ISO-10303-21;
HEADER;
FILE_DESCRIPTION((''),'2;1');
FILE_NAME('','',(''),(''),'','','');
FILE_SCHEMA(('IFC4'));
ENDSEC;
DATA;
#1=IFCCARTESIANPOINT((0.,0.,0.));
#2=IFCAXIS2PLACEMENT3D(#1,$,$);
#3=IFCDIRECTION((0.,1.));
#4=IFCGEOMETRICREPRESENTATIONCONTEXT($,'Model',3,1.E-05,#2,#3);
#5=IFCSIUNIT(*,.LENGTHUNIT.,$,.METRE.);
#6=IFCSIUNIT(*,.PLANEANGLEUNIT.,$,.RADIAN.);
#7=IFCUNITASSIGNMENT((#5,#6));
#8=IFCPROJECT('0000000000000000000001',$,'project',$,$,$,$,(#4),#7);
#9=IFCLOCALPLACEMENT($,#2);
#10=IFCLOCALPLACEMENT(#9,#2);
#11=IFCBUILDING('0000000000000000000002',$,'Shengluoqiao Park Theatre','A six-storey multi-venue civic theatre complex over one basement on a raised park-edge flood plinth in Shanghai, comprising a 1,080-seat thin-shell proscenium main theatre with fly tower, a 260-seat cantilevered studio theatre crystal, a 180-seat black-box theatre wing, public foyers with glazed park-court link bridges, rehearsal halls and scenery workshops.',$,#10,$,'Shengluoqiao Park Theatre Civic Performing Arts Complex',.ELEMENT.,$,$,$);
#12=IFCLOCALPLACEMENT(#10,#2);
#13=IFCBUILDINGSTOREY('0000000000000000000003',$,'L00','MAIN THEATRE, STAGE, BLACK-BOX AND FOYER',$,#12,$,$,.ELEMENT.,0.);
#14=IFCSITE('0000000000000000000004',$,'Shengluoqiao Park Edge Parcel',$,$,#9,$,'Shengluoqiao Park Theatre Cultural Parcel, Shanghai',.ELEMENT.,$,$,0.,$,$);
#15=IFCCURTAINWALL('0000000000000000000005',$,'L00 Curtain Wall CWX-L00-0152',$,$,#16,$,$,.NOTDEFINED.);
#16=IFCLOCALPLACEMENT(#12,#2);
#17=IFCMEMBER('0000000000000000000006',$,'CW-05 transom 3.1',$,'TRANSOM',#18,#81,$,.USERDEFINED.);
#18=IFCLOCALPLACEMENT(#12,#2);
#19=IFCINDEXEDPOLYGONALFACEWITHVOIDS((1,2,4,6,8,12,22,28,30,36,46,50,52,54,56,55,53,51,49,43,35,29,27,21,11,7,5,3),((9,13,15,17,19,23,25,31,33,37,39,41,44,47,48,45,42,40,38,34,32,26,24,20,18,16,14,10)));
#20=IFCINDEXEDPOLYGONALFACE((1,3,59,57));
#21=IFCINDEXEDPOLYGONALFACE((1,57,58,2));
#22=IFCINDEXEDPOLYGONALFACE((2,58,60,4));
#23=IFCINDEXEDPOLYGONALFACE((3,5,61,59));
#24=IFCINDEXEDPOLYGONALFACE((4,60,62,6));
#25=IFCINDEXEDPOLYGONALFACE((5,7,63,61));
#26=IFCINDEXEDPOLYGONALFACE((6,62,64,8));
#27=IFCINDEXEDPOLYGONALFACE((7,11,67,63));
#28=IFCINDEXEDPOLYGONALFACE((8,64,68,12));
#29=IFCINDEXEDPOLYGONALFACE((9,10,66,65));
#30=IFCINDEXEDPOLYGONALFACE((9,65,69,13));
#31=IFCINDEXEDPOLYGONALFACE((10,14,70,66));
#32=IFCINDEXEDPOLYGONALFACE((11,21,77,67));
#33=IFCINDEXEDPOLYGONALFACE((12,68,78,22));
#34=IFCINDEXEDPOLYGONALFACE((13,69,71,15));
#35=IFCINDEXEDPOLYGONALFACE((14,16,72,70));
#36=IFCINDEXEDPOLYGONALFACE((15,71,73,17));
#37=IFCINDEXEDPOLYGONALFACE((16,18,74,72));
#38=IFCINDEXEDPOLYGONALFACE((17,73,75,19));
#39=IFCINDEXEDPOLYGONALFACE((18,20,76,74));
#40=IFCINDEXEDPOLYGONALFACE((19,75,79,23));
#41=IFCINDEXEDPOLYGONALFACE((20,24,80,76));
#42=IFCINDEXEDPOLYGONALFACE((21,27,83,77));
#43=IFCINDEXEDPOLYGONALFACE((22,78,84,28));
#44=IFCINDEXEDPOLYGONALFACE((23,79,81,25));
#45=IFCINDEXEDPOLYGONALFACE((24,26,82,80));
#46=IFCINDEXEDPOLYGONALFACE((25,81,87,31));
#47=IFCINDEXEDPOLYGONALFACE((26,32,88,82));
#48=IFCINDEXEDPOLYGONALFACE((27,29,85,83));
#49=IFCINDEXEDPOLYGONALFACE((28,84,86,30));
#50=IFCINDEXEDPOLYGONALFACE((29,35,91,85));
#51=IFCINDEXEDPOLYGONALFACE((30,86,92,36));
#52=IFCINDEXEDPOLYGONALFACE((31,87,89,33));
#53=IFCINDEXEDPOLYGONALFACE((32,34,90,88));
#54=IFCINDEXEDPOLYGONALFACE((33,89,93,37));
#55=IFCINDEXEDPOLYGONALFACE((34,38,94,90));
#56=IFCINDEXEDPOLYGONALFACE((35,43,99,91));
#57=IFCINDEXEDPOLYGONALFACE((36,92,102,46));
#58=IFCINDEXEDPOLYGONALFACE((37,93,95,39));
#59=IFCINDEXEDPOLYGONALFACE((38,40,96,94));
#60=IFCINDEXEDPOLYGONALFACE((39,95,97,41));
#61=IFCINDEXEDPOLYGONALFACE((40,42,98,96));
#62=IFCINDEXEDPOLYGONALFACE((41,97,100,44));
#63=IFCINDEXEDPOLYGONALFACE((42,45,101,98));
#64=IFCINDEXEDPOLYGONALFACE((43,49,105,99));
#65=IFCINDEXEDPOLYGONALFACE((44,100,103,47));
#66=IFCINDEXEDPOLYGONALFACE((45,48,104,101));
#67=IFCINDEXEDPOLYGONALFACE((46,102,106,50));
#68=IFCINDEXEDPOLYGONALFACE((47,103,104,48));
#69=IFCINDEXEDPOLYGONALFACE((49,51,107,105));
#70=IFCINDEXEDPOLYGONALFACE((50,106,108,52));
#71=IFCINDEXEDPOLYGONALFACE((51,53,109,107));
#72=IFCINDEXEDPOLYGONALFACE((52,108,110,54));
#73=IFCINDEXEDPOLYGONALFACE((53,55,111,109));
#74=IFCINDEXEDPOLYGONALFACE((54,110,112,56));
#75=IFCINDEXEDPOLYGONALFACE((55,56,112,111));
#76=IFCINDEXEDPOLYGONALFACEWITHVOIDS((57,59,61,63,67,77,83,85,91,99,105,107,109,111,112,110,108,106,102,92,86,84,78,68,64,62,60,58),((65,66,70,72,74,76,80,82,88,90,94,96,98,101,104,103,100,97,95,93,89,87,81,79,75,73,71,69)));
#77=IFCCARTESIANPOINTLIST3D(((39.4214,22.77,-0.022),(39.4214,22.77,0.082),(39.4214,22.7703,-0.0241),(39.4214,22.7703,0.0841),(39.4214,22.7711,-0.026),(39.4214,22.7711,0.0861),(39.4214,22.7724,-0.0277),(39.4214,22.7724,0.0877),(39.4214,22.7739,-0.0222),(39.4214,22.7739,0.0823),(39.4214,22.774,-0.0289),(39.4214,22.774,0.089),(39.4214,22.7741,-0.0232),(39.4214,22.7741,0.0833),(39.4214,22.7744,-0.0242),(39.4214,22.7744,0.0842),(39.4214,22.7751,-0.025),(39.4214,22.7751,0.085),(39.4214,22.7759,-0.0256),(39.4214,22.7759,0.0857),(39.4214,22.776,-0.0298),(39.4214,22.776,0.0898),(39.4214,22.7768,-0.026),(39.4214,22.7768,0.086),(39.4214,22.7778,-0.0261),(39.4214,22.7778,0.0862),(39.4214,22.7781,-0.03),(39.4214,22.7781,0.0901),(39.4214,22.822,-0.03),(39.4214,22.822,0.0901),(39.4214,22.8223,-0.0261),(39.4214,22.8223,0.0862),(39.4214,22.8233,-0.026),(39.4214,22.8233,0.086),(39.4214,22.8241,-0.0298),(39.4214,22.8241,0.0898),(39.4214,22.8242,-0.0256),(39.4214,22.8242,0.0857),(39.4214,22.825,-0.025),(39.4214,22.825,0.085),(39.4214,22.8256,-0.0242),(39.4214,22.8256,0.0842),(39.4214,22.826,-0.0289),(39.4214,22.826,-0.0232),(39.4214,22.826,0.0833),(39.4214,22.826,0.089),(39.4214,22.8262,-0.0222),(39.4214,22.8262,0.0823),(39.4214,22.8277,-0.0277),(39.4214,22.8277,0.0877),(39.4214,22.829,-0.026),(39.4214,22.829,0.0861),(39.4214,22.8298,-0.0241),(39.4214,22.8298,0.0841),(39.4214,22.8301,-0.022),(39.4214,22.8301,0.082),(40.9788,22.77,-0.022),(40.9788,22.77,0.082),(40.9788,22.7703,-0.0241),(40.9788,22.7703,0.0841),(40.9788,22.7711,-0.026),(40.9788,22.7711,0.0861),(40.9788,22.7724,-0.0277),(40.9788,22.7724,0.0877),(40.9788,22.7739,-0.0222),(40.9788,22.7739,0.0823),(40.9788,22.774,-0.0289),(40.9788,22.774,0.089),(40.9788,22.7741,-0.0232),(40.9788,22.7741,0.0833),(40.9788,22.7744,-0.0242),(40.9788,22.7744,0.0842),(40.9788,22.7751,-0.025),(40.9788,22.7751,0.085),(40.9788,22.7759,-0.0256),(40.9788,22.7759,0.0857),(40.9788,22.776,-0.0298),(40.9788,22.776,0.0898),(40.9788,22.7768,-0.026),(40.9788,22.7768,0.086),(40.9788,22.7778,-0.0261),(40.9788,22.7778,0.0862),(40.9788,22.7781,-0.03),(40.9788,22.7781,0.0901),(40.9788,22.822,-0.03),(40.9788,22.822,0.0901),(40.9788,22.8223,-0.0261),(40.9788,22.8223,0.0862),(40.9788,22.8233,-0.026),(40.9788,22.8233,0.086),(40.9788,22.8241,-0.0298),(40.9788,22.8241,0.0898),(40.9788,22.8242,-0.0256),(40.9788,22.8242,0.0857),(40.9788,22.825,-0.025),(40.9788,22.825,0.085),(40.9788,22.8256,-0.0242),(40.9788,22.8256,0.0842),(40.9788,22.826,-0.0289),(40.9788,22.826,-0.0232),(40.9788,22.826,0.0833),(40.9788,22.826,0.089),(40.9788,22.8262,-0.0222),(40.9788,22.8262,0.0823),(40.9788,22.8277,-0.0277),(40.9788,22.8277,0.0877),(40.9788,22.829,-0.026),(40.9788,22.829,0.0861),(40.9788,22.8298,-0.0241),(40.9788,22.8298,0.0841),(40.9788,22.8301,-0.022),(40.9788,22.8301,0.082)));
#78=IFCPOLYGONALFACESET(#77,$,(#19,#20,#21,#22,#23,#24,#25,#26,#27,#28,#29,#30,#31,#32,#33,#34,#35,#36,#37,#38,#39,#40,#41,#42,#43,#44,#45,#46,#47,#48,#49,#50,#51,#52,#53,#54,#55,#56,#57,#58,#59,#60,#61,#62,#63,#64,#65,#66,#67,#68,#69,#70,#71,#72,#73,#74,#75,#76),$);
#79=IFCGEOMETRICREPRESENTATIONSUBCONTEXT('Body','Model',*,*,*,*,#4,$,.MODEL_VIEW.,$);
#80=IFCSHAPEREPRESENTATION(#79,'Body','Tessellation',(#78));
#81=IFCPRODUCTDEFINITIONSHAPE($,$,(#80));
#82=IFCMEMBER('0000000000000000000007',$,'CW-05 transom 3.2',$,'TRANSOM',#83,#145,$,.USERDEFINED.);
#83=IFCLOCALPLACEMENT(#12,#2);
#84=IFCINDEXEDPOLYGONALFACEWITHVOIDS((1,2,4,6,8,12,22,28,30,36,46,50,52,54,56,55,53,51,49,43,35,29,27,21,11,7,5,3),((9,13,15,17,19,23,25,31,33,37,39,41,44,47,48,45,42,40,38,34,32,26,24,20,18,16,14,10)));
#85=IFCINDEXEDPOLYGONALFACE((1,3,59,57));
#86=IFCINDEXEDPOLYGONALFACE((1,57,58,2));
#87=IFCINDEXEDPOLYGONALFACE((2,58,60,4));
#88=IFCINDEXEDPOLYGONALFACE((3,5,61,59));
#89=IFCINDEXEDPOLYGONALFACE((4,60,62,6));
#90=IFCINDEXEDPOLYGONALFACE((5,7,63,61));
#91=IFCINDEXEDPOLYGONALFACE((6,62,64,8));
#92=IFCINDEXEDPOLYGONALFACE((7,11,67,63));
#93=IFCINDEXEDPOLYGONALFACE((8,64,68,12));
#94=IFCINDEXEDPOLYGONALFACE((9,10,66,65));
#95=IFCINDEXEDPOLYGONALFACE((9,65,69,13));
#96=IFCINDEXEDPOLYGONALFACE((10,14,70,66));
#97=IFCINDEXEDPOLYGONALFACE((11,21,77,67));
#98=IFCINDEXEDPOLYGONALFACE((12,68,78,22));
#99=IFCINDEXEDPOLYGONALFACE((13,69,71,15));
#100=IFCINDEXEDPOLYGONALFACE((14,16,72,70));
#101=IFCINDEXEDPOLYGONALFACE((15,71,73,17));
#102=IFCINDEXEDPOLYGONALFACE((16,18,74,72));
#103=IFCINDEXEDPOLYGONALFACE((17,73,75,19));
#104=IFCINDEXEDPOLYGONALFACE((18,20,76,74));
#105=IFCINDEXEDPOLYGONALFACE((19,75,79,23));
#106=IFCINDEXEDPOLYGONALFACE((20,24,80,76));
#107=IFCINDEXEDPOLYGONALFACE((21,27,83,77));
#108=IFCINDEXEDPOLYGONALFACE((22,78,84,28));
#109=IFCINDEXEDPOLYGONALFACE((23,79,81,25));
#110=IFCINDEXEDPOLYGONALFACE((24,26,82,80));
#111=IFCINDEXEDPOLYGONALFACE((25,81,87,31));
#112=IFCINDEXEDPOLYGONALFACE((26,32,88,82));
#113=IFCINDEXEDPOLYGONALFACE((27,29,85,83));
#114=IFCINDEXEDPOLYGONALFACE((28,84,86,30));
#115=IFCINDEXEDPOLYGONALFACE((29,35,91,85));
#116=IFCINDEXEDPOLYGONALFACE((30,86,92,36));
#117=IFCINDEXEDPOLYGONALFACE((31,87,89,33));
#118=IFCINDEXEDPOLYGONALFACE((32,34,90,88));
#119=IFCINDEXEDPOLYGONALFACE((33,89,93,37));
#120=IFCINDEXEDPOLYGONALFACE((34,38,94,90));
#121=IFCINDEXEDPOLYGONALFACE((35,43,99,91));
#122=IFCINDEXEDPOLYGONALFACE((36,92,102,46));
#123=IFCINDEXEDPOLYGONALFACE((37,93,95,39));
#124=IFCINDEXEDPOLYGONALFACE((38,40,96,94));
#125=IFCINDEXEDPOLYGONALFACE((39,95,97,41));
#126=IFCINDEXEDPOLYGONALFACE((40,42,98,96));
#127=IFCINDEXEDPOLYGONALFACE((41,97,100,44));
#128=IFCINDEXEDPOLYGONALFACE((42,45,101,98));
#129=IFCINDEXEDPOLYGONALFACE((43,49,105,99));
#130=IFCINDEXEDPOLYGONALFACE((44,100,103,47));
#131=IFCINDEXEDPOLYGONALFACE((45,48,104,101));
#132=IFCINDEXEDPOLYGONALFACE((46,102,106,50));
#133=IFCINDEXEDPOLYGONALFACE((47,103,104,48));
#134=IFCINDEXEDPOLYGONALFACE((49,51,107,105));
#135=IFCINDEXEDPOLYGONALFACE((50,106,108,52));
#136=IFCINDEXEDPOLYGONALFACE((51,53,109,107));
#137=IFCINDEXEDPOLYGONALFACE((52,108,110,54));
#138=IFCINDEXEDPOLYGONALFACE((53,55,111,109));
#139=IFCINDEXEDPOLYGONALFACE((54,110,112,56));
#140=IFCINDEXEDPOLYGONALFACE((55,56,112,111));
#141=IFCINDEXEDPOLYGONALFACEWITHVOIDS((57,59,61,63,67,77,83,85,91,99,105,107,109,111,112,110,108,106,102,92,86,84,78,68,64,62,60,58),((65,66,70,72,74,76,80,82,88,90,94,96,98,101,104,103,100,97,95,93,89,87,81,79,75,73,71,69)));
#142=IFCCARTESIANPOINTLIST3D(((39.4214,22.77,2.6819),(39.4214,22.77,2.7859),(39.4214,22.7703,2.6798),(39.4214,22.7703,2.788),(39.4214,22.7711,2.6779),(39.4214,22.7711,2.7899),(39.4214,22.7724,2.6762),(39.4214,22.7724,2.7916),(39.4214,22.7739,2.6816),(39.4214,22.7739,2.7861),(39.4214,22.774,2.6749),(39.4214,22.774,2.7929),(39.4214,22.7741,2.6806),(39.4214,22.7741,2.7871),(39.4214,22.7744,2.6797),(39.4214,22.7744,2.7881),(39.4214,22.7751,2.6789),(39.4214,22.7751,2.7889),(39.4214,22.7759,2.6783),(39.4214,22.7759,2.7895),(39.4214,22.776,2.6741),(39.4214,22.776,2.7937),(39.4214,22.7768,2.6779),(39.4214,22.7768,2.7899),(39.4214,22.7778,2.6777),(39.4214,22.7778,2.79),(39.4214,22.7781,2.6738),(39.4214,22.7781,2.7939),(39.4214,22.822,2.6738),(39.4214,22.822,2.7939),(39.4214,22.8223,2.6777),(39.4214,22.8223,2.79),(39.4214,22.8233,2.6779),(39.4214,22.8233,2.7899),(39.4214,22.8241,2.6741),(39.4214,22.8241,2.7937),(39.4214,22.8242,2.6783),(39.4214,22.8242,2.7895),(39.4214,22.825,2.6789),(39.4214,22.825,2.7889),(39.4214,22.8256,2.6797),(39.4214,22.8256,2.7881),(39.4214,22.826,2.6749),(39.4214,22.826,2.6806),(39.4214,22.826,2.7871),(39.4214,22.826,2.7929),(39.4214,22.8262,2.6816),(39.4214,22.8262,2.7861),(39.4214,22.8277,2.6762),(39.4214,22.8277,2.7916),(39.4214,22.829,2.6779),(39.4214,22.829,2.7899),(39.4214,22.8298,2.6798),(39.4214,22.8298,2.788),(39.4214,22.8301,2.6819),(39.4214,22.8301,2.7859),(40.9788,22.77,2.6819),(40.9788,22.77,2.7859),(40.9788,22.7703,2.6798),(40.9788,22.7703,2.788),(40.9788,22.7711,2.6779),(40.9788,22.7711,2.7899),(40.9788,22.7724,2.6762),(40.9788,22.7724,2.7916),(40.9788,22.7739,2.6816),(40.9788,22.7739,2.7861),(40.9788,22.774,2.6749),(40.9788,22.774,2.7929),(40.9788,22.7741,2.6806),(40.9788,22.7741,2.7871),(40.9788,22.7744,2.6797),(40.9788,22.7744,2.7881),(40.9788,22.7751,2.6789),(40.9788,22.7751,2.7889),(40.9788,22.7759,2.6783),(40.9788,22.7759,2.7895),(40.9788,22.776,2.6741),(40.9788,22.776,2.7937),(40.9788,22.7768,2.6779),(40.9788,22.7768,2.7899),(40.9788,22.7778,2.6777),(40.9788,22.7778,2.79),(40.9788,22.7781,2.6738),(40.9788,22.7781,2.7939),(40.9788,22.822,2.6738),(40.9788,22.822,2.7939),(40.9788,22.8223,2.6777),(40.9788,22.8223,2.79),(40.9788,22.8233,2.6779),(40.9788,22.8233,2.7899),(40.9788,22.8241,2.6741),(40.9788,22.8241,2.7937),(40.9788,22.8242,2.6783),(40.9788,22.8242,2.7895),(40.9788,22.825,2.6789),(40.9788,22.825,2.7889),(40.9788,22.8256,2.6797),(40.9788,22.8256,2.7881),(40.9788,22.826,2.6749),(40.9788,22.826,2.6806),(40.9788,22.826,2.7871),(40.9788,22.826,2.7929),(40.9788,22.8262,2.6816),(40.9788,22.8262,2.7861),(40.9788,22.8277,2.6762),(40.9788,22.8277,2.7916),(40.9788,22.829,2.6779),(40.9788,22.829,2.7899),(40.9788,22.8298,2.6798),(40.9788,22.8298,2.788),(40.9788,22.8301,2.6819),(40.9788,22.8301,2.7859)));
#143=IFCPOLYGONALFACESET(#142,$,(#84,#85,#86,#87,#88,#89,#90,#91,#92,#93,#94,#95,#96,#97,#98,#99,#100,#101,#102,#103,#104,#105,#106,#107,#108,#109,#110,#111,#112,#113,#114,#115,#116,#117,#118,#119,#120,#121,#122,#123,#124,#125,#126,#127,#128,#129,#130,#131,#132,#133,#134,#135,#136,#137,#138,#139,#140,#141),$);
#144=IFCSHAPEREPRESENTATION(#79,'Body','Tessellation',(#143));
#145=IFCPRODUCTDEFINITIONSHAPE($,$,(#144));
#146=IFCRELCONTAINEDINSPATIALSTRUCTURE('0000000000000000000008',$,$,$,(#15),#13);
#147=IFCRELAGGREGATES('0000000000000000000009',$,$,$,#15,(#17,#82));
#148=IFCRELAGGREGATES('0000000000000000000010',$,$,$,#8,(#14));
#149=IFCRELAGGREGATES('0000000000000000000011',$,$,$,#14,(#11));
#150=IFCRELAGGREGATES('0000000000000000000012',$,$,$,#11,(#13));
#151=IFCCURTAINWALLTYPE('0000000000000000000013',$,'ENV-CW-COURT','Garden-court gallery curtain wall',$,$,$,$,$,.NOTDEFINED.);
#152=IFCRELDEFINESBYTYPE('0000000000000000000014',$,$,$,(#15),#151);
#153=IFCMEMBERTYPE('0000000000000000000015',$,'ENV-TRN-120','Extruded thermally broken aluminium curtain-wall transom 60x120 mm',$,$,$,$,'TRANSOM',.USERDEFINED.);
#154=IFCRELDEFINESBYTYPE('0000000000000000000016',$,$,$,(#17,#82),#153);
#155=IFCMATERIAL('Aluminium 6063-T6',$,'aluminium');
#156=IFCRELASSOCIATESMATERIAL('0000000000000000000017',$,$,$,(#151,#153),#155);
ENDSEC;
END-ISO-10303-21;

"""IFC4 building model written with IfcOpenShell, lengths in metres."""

from ifc_helpers import new_model, si_unit, direction, frame, origin, origin_2d, place, context, subcontext, project, spatial, hollow_rectangle, extrude, material, material_profile, profile_set, type_object, element, aggregate, save


model = new_model("IFC4")

# Units and contexts
model_context = context("Model", 3, precision=1e-05, world=origin(), true_north=direction((0.0, 1.0)))
body_context = subcontext(model_context, "Body", "Model", "MODEL_VIEW")
ifc_project = project(units=[si_unit("LENGTHUNIT", "METRE"), si_unit("PLANEANGLEUNIT", "RADIAN")], contexts=[model_context])

# Site, building, storey
site_placement = place(None, origin())
site = spatial("IfcSite", under=ifc_project, at=site_placement, Name="Shengluoqiao Park Edge Parcel", LongName="Shengluoqiao Park Theatre Cultural Parcel, Shanghai", CompositionType="ELEMENT", RefElevation=0.0)
building_placement = place(site_placement, origin())
building = spatial("IfcBuilding", under=site, at=building_placement, Name="Shengluoqiao Park Theatre", Description="A six-storey multi-venue civic theatre complex over one basement on a raised park-edge flood plinth in Shanghai, comprising a 1,080-seat thin-shell proscenium main theatre with fly tower, a 260-seat cantilevered studio theatre crystal, a 180-seat black-box theatre wing, public foyers with glazed park-court link bridges, rehearsal halls and scenery workshops.", LongName="Shengluoqiao Park Theatre Civic Performing Arts Complex", CompositionType="ELEMENT")
storey_placement = place(building_placement, origin())
storey = spatial("IfcBuildingStorey", under=building, at=storey_placement, Name="L00", Description="MAIN THEATRE, STAGE, BLACK-BOX AND FOYER", CompositionType="ELEMENT", Elevation=0.0)

# Curtain wall
ifc_material_1 = material(Name="Aluminium 6063-T6", Category="aluminium")
curtain_wall_type = type_object("IfcCurtainWallType", Name="ENV-CW-COURT", Description="Garden-court gallery curtain wall", PredefinedType="NOTDEFINED", material=ifc_material_1)
curtain_wall_1_placement = place(storey_placement, origin())
curtain_wall_1 = element("IfcCurtainWall", 1, at=curtain_wall_1_placement, inside=storey, type_object=curtain_wall_type, Name="L00 Curtain Wall CWX-L00-0152", PredefinedType="NOTDEFINED")

# Shared definitions
ifc_material_profile_1 = material_profile(ifc_material_1, hollow_rectangle(XDim=0.0601, YDim=0.1201, WallThickness=0.0039, InnerFilletRadius=0.0039, OuterFilletRadius=0.0081, at=origin_2d()), Name="ALU TRANSOM 120x60x4")
ifc_profile_set_1 = profile_set([ifc_material_profile_1], Name="Aluminium 6063-T6")
member_type_1 = type_object("IfcMemberType", Name="ENV-TRN-120", Description="Extruded thermally broken aluminium curtain-wall transom 60x120 mm", ElementType="TRANSOM", PredefinedType="USERDEFINED", material=ifc_profile_set_1)

# Members
member_1_placement = place(storey_placement, frame((39.4214, 22.8, 0.03), z_axis=(1.0, 0.0, 0.0), x_axis=(0.0, 1.0, 0.0)))
member_1 = element("IfcMember", 2, at=member_1_placement, type_object=member_type_1, Name="CW-05 transom 3.1", ObjectType="TRANSOM", PredefinedType="USERDEFINED", context=body_context, shape_type="SweptSolid", body=[
    extrude(hollow_rectangle(XDim=0.0601, YDim=0.1201, WallThickness=0.0039, InnerFilletRadius=0.0039, OuterFilletRadius=0.0081, at=origin_2d()), origin(), (0.0, 0.0, 1.0), 1.5574),
])
member_2_placement = place(storey_placement, frame((39.4214, 22.8, 2.7339), z_axis=(1.0, 0.0, 0.0), x_axis=(0.0, 1.0, 0.0)))
member_2 = element("IfcMember", 3, at=member_2_placement, type_object=member_type_1, Name="CW-05 transom 3.2", ObjectType="TRANSOM", PredefinedType="USERDEFINED", context=body_context, shape_type="SweptSolid", body=[
    extrude(hollow_rectangle(XDim=0.0601, YDim=0.1201, WallThickness=0.0039, InnerFilletRadius=0.0039, OuterFilletRadius=0.0081, at=origin_2d()), origin(), (0.0, 0.0, 1.0), 1.5574),
])

aggregate(curtain_wall_1, [member_1, member_2])

save(model, "model.ifc")
